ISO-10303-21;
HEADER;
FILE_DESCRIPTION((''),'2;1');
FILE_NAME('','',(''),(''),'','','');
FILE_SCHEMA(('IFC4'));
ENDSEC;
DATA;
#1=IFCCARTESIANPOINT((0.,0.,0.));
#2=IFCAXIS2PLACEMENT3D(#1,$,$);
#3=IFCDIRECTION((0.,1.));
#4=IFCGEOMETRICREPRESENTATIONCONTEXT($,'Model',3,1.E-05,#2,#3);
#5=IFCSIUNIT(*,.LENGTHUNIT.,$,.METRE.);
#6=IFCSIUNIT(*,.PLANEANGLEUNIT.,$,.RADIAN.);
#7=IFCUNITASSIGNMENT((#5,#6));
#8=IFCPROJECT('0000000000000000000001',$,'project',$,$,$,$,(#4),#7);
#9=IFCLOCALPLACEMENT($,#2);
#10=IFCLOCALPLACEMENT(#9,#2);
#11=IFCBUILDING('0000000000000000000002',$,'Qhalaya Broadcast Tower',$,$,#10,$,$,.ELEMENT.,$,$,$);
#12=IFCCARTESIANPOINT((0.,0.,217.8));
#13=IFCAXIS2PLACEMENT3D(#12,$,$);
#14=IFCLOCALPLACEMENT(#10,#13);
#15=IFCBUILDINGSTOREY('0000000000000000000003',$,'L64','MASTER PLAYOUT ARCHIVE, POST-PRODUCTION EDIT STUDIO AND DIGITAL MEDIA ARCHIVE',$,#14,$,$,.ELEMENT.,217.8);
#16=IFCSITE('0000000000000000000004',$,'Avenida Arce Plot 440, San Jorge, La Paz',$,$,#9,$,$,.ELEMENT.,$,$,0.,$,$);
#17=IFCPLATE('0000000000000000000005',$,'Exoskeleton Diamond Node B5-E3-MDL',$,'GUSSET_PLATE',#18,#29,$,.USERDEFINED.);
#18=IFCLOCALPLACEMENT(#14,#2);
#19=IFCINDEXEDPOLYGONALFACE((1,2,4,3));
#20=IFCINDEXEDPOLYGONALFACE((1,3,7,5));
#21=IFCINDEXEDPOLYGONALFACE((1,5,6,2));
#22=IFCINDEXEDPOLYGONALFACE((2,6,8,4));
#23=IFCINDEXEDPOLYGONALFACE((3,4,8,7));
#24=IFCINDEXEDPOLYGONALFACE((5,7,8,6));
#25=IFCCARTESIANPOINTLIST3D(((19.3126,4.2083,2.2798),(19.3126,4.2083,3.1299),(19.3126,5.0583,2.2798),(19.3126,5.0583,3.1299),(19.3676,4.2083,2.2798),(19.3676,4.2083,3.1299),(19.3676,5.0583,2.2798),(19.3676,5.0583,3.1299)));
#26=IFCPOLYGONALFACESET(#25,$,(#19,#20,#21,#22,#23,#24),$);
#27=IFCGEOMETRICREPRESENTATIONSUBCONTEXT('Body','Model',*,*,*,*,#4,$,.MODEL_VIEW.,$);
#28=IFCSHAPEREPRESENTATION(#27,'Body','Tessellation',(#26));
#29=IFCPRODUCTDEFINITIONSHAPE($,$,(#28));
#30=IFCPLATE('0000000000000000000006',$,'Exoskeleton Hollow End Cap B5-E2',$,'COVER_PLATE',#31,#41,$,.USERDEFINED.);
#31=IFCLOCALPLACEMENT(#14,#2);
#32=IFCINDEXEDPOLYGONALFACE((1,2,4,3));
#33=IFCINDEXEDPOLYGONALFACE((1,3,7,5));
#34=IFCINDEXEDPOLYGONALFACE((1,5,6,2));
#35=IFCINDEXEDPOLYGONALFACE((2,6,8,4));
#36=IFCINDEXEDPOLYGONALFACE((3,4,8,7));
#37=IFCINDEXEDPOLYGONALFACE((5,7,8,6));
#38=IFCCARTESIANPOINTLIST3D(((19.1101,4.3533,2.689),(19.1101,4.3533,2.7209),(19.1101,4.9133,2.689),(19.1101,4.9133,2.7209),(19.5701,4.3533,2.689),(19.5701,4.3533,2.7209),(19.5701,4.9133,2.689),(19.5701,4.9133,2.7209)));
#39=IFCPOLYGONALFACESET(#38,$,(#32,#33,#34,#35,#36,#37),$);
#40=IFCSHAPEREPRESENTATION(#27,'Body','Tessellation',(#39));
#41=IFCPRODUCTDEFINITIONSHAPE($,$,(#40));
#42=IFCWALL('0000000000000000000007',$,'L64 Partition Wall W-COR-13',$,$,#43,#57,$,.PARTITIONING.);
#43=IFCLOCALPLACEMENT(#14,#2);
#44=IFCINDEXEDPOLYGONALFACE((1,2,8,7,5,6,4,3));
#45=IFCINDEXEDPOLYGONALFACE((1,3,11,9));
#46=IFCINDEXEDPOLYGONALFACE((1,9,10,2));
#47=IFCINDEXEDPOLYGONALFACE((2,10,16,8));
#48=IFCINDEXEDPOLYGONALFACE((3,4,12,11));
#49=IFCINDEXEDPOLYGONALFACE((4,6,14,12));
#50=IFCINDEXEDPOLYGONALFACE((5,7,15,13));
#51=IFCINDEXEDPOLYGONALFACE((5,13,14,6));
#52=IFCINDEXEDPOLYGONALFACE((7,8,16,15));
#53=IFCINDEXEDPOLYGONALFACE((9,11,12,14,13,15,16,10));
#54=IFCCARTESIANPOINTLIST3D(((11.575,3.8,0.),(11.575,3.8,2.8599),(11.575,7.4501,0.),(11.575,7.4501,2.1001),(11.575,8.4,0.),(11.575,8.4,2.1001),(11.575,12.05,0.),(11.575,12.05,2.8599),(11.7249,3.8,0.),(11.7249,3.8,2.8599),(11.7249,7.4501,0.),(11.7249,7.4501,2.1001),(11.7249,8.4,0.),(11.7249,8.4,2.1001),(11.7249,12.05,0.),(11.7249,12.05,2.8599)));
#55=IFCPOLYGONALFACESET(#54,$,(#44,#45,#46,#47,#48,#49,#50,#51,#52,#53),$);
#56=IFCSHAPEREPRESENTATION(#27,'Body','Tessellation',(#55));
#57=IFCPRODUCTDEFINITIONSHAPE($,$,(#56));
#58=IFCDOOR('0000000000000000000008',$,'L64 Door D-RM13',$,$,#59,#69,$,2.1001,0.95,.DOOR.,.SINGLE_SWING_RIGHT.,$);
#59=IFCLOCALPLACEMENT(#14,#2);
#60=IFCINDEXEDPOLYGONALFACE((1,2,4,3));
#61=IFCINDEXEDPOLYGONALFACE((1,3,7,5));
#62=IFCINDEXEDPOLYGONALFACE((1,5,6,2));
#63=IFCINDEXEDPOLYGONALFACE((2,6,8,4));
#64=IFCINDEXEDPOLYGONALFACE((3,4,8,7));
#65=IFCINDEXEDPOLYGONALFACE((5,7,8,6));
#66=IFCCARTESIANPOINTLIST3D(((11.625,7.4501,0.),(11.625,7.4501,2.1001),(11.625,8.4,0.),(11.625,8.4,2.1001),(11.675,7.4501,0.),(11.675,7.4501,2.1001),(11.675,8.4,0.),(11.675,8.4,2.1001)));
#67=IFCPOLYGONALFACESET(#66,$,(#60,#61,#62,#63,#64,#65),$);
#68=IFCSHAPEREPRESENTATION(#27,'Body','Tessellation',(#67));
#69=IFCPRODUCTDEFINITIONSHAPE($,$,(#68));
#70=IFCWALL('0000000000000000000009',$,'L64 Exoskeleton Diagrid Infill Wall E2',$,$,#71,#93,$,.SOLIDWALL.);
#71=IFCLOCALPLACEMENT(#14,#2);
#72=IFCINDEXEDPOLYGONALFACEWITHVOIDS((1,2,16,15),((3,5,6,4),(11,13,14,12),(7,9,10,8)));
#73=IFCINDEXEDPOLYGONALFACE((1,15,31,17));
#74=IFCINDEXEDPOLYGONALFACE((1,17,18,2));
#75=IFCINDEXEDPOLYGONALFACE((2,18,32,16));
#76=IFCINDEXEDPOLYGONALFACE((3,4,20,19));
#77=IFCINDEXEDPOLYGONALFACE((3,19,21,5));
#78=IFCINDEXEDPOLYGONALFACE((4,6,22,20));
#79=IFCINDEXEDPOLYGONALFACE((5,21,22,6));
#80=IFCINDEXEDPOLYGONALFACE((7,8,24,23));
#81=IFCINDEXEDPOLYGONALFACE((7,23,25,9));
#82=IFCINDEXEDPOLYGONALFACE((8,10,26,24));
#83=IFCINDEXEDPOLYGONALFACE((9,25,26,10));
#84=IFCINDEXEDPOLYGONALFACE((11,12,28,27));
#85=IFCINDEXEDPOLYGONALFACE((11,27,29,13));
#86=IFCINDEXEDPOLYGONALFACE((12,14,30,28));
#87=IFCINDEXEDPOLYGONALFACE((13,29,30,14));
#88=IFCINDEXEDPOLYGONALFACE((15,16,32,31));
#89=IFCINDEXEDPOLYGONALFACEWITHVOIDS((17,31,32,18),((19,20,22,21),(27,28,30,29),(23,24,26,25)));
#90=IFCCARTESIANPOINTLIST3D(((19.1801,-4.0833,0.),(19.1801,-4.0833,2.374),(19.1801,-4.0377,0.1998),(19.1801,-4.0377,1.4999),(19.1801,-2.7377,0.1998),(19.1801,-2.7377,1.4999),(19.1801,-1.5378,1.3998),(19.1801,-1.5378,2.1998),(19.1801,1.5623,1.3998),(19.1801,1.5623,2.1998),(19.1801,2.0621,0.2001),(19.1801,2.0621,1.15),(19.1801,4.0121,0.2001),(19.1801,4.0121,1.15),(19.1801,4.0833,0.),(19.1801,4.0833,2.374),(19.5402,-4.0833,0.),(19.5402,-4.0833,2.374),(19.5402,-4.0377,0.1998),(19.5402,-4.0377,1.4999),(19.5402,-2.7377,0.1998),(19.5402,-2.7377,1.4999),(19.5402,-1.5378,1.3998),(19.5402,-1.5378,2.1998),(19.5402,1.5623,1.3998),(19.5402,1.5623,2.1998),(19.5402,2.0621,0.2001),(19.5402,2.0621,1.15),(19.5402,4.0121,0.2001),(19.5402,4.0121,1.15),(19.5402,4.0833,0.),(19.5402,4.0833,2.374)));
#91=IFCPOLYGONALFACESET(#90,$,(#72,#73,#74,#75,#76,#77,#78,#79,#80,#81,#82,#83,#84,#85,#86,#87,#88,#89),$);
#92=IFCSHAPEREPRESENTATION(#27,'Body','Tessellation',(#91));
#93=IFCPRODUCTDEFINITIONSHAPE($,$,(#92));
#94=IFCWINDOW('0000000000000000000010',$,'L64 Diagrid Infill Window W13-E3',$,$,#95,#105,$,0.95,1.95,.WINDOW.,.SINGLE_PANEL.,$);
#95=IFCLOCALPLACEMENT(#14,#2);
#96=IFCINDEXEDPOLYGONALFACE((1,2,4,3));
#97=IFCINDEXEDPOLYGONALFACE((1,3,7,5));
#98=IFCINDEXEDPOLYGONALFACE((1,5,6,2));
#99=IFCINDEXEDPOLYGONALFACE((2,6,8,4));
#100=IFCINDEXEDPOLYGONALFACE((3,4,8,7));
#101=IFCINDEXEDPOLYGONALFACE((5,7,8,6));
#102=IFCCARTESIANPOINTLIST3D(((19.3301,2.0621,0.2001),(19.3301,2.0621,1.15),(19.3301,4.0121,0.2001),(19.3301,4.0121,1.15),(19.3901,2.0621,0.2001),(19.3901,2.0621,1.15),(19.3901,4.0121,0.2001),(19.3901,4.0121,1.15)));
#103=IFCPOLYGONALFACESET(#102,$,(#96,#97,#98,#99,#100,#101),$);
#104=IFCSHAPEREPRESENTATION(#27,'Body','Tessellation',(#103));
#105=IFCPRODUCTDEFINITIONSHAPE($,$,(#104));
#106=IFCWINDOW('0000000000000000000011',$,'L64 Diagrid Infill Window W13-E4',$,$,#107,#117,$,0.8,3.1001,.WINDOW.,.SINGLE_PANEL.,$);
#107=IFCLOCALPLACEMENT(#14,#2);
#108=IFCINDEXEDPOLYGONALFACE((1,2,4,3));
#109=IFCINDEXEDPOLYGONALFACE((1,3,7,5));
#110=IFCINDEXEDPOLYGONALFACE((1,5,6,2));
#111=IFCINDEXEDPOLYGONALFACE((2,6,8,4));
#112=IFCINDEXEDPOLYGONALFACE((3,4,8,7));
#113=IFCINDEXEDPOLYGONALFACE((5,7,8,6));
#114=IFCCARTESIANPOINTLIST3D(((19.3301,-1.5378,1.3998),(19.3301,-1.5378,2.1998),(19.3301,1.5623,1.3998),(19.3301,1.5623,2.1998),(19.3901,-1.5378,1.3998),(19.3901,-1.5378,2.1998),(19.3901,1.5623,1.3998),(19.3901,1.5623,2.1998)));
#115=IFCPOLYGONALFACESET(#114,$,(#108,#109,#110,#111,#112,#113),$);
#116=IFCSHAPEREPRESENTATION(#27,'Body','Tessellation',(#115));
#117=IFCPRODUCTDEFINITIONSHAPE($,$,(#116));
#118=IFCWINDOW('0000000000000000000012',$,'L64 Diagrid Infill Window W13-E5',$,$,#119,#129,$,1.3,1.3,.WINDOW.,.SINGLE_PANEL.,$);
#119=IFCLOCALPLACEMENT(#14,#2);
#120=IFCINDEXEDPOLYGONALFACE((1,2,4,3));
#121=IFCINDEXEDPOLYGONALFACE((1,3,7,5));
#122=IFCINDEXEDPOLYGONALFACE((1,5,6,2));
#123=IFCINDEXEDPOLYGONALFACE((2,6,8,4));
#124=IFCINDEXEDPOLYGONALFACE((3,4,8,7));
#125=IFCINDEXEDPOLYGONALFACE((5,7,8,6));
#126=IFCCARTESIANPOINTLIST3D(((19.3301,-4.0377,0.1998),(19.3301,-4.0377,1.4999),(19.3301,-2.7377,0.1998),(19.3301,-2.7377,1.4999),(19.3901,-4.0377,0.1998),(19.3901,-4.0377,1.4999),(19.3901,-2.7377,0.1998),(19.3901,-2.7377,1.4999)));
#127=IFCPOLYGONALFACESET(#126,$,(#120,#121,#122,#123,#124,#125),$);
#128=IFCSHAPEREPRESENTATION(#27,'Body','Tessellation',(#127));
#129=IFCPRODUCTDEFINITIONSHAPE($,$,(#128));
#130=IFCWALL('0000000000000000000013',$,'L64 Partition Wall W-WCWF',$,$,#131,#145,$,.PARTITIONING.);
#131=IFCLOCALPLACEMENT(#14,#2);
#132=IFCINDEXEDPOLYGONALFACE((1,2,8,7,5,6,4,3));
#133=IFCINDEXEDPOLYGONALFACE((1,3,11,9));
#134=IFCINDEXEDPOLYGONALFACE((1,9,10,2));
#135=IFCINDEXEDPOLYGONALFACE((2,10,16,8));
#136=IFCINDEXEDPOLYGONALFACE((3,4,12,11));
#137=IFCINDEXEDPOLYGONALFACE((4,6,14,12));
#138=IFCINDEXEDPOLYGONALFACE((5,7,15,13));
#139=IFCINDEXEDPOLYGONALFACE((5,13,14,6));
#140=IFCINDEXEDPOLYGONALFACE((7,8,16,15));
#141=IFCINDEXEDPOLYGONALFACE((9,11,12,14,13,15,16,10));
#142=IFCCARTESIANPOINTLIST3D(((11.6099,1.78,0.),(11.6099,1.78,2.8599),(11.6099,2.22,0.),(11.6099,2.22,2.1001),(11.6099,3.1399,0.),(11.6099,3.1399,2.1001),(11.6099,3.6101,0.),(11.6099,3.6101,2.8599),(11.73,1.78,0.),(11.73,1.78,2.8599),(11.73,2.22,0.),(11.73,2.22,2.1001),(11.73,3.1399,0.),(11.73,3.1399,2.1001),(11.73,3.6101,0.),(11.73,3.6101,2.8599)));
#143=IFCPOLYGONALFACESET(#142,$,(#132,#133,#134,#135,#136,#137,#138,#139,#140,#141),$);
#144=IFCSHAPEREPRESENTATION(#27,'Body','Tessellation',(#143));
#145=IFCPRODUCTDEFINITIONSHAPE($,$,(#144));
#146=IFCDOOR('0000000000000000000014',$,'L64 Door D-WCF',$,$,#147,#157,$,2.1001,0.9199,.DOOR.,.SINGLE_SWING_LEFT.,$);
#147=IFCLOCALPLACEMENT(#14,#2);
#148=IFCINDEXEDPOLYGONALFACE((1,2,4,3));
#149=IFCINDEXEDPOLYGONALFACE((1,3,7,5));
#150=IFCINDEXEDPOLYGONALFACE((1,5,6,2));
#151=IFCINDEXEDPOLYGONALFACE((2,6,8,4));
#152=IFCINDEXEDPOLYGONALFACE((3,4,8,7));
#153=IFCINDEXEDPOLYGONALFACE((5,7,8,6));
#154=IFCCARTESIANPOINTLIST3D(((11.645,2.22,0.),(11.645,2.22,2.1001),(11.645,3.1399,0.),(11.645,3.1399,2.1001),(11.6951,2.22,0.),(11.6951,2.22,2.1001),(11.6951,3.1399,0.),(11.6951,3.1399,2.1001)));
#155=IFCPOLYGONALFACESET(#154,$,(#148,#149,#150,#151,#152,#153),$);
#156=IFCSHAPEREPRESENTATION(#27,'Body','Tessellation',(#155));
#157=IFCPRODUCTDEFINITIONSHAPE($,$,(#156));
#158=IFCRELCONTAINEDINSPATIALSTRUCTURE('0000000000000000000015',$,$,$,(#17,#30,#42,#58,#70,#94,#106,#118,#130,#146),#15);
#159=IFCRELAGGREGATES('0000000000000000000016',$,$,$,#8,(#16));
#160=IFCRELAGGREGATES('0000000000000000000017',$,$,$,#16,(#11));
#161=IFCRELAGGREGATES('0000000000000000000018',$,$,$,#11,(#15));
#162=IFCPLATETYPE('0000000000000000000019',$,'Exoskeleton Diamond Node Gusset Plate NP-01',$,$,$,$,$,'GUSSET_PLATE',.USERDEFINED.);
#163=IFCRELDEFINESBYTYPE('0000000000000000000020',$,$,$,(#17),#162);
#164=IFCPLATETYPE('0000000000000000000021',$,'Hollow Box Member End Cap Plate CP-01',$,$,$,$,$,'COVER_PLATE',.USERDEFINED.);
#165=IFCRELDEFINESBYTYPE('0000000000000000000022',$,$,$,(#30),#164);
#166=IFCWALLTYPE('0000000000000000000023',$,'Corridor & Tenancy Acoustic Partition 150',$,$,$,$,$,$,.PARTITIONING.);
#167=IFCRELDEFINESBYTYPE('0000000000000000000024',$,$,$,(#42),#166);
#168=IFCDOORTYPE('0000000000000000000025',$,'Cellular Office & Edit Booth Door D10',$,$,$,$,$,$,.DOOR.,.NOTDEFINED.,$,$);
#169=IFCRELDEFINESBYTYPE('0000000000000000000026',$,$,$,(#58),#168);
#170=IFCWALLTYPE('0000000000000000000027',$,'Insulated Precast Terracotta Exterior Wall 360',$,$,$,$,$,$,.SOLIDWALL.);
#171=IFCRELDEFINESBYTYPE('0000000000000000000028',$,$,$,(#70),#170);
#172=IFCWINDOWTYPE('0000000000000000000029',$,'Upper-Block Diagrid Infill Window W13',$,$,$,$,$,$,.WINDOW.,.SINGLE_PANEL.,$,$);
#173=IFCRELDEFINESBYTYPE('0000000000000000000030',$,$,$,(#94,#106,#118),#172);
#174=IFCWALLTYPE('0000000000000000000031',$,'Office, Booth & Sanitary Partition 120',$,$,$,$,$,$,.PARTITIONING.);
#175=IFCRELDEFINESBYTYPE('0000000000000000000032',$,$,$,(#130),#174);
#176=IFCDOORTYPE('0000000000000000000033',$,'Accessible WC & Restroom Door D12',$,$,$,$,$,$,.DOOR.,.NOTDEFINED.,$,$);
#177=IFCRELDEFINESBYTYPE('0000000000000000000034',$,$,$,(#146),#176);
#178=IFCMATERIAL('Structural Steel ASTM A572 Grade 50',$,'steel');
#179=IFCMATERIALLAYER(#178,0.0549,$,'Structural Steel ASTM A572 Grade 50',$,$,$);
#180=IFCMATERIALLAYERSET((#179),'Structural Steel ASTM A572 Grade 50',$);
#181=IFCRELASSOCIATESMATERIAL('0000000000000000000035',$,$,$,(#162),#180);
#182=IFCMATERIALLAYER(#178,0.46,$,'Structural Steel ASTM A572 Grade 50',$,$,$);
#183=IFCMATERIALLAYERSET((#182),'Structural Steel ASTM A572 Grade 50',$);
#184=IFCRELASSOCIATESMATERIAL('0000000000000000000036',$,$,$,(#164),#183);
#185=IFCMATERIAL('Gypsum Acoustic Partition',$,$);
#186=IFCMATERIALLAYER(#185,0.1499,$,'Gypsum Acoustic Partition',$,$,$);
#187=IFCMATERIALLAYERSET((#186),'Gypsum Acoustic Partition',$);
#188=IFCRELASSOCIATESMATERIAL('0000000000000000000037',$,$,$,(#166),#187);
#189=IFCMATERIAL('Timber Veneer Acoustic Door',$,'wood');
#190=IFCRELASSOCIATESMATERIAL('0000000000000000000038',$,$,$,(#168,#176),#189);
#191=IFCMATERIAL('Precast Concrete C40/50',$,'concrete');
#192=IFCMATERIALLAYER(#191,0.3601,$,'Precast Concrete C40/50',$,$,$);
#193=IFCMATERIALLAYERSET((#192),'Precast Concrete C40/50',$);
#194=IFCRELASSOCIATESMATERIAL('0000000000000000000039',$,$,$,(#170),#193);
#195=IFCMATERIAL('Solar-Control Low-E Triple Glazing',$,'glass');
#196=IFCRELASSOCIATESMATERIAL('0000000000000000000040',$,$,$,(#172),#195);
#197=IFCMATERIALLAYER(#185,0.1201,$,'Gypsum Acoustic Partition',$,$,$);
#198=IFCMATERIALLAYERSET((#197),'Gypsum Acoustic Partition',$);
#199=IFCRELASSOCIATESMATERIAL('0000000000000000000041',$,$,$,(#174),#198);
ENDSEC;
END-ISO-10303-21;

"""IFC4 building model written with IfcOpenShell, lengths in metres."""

from ifc_helpers import new_model, si_unit, direction, frame, frame_2d, origin, origin_2d, place, context, subcontext, project, spatial, rectangle, extrude, material, layer, layer_set, type_object, element, fill, save


model = new_model("IFC4")

# Units and contexts
model_context = context("Model", 3, precision=1e-05, world=origin(), true_north=direction((0.0, 1.0)))
body_context = subcontext(model_context, "Body", "Model", "MODEL_VIEW")
ifc_project = project(units=[si_unit("LENGTHUNIT", "METRE"), si_unit("PLANEANGLEUNIT", "RADIAN")], contexts=[model_context])

# Site, building, storey
site_placement = place(None, origin())
site = spatial("IfcSite", under=ifc_project, at=site_placement, Name="Avenida Arce Plot 440, San Jorge, La Paz", CompositionType="ELEMENT", RefElevation=0.0)
building_placement = place(site_placement, origin())
building = spatial("IfcBuilding", under=site, at=building_placement, Name="Qhalaya Broadcast Tower", CompositionType="ELEMENT")
storey_placement = place(building_placement, frame((0.0, 0.0, 217.8)))
storey = spatial("IfcBuildingStorey", under=building, at=storey_placement, Name="L64", Description="MASTER PLAYOUT ARCHIVE, POST-PRODUCTION EDIT STUDIO AND DIGITAL MEDIA ARCHIVE", CompositionType="ELEMENT", Elevation=217.8)

# Shared definitions
ifc_material_1 = material(Name="Structural Steel ASTM A572 Grade 50", Category="steel")

# Plates
ifc_layer_1 = layer(ifc_material_1, 0.0549, Name="Structural Steel ASTM A572 Grade 50")
ifc_layer_set_1 = layer_set([ifc_layer_1], Name="Structural Steel ASTM A572 Grade 50")
plate_type_1 = type_object("IfcPlateType", Name="Exoskeleton Diamond Node Gusset Plate NP-01", ElementType="GUSSET_PLATE", PredefinedType="USERDEFINED", material=ifc_layer_set_1)
plate_1_placement = place(storey_placement, frame((19.3401, 4.6333, 2.2798), z_axis=(0.0, 0.0, 1.0), x_axis=(0.0, 1.0, 0.0)))
element("IfcPlate", 1, at=plate_1_placement, inside=storey, type_object=plate_type_1, Name="Exoskeleton Diamond Node B5-E3-MDL", ObjectType="GUSSET_PLATE", PredefinedType="USERDEFINED", context=body_context, shape_type="SweptSolid", body=[
    extrude(rectangle(XDim=0.8501, YDim=0.0549, at=origin_2d()), origin(), (0.0, 0.0, 1.0), 0.8501),
])
ifc_layer_2 = layer(ifc_material_1, 0.46, Name="Structural Steel ASTM A572 Grade 50")
ifc_layer_set_2 = layer_set([ifc_layer_2], Name="Structural Steel ASTM A572 Grade 50")
plate_type_2 = type_object("IfcPlateType", Name="Hollow Box Member End Cap Plate CP-01", ElementType="COVER_PLATE", PredefinedType="USERDEFINED", material=ifc_layer_set_2)
plate_2_placement = place(storey_placement, frame((19.3401, 4.6333, 2.689), z_axis=(0.0, 0.0, 1.0), x_axis=(0.0, 1.0, 0.0)))
element("IfcPlate", 2, at=plate_2_placement, inside=storey, type_object=plate_type_2, Name="Exoskeleton Hollow End Cap B5-E2", ObjectType="COVER_PLATE", PredefinedType="USERDEFINED", context=body_context, shape_type="SweptSolid", body=[
    extrude(rectangle(XDim=0.5601, YDim=0.46, at=origin_2d()), origin(), (0.0, 0.0, 1.0), 0.032),
])

# Wall, opening, door
ifc_material_2 = material(Name="Gypsum Acoustic Partition")
ifc_layer_3 = layer(ifc_material_2, 0.1499, Name="Gypsum Acoustic Partition")
ifc_layer_set_3 = layer_set([ifc_layer_3], Name="Gypsum Acoustic Partition")
wall_type_1 = type_object("IfcWallType", Name="Corridor & Tenancy Acoustic Partition 150", PredefinedType="PARTITIONING", material=ifc_layer_set_3)
wall_1_placement = place(storey_placement, frame((11.6499, 3.8, 0.0), z_axis=(0.0, 0.0, 1.0), x_axis=(0.0, 1.0, 0.0)))
wall_1 = element("IfcWall", 3, at=wall_1_placement, inside=storey, type_object=wall_type_1, Name="L64 Partition Wall W-COR-13", PredefinedType="PARTITIONING", context=body_context, shape_type="SweptSolid", body=[
    extrude(rectangle(XDim=8.25, YDim=0.1499, at=frame_2d((4.125, 0.0))), origin(), (0.0, 0.0, 1.0), 2.8599),
])
opening_1_placement = place(wall_1_placement, frame((3.6499, 0.0, 0.0)))
opening_1 = element("IfcOpeningElement", 4, at=opening_1_placement, cuts=wall_1, PredefinedType="OPENING", context=body_context, shape_type="SweptSolid", body=[
    extrude(rectangle(XDim=0.95, YDim=2.1001, at=frame_2d((0.4751, 1.05))), frame((0.0, 0.0869, 0.0), z_axis=(0.0, -1.0, 0.0), x_axis=(1.0, 0.0, 0.0)), (0.0, 0.0, 1.0), 0.1738),
])
ifc_material_3 = material(Name="Timber Veneer Acoustic Door", Category="wood")
door_type_1 = type_object("IfcDoorType", Name="Cellular Office & Edit Booth Door D10", OperationType="NOTDEFINED", PredefinedType="DOOR", material=ifc_material_3)
door_1_placement = place(opening_1_placement, origin())
door_1 = element("IfcDoor", 5, at=door_1_placement, inside=storey, type_object=door_type_1, Name="L64 Door D-RM13", OperationType="SINGLE_SWING_RIGHT", OverallHeight=2.1001, OverallWidth=0.95, PredefinedType="DOOR", context=body_context, shape_type="SweptSolid", body=[
    extrude(rectangle(XDim=0.95, YDim=2.1001, at=frame_2d((0.4751, 1.05))), frame((0.0, 0.0249, 0.0), z_axis=(0.0, -1.0, 0.0), x_axis=(1.0, 0.0, 0.0)), (0.0, 0.0, 1.0), 0.05),
])
fill(opening_1, door_1)

# Wall, openings, windows
ifc_material_4 = material(Name="Precast Concrete C40/50", Category="concrete")
ifc_layer_4 = layer(ifc_material_4, 0.3601, Name="Precast Concrete C40/50")
ifc_layer_set_4 = layer_set([ifc_layer_4], Name="Precast Concrete C40/50")
wall_type_2 = type_object("IfcWallType", Name="Insulated Precast Terracotta Exterior Wall 360", PredefinedType="SOLIDWALL", material=ifc_layer_set_4)
wall_2_placement = place(storey_placement, frame((19.3601, 4.0833, 0.0), z_axis=(0.0, 0.0, 1.0), x_axis=(0.0, -1.0, 0.0)))
wall_2 = element("IfcWall", 6, at=wall_2_placement, inside=storey, type_object=wall_type_2, Name="L64 Exoskeleton Diagrid Infill Wall E2", PredefinedType="SOLIDWALL", context=body_context, shape_type="SweptSolid", body=[
    extrude(rectangle(XDim=8.1665, YDim=0.3601, at=frame_2d((4.0833, 0.0))), origin(), (0.0, 0.0, 1.0), 2.374),
])
opening_2_placement = place(wall_2_placement, frame((0.071, 0.0, 0.2)))
opening_2 = element("IfcOpeningElement", 7, at=opening_2_placement, cuts=wall_2, PredefinedType="OPENING", context=body_context, shape_type="SweptSolid", body=[
    extrude(rectangle(XDim=1.95, YDim=0.95, at=frame_2d((0.9751, 0.4751))), frame((0.0, 0.1921, 0.0), z_axis=(0.0, -1.0, 0.0), x_axis=(1.0, 0.0, 0.0)), (0.0, 0.0, 1.0), 0.384),
])
opening_3_placement = place(wall_2_placement, frame((2.521, 0.0, 1.3999)))
opening_3 = element("IfcOpeningElement", 8, at=opening_3_placement, cuts=wall_2, PredefinedType="OPENING", context=body_context, shape_type="SweptSolid", body=[
    extrude(rectangle(XDim=3.1001, YDim=0.8, at=frame_2d((1.55, 0.3999))), frame((0.0, 0.1921, 0.0), z_axis=(0.0, -1.0, 0.0), x_axis=(1.0, 0.0, 0.0)), (0.0, 0.0, 1.0), 0.384),
])
opening_4_placement = place(wall_2_placement, frame((6.821, 0.0, 0.2)))
opening_4 = element("IfcOpeningElement", 9, at=opening_4_placement, cuts=wall_2, PredefinedType="OPENING", context=body_context, shape_type="SweptSolid", body=[
    extrude(rectangle(XDim=1.3, YDim=1.3, at=frame_2d((0.6499, 0.6499))), frame((0.0, 0.1921, 0.0), z_axis=(0.0, -1.0, 0.0), x_axis=(1.0, 0.0, 0.0)), (0.0, 0.0, 1.0), 0.384),
])
ifc_material_5 = material(Name="Solar-Control Low-E Triple Glazing", Category="glass")
window_type = type_object("IfcWindowType", Name="Upper-Block Diagrid Infill Window W13", PartitioningType="SINGLE_PANEL", PredefinedType="WINDOW", material=ifc_material_5)
window_1_placement = place(opening_2_placement, origin())
window_1 = element("IfcWindow", 10, at=window_1_placement, inside=storey, type_object=window_type, Name="L64 Diagrid Infill Window W13-E3", OverallHeight=0.95, OverallWidth=1.95, PartitioningType="SINGLE_PANEL", PredefinedType="WINDOW", context=body_context, shape_type="SweptSolid", body=[
    extrude(rectangle(XDim=1.95, YDim=0.95, at=frame_2d((0.9751, 0.4751))), frame((0.0, 0.03, 0.0), z_axis=(0.0, -1.0, 0.0), x_axis=(1.0, 0.0, 0.0)), (0.0, 0.0, 1.0), 0.0601),
])
fill(opening_2, window_1)
window_2_placement = place(opening_3_placement, origin())
window_2 = element("IfcWindow", 11, at=window_2_placement, inside=storey, type_object=window_type, Name="L64 Diagrid Infill Window W13-E4", OverallHeight=0.8, OverallWidth=3.1001, PartitioningType="SINGLE_PANEL", PredefinedType="WINDOW", context=body_context, shape_type="SweptSolid", body=[
    extrude(rectangle(XDim=3.1001, YDim=0.8, at=frame_2d((1.55, 0.3999))), frame((0.0, 0.03, 0.0), z_axis=(0.0, -1.0, 0.0), x_axis=(1.0, 0.0, 0.0)), (0.0, 0.0, 1.0), 0.0601),
])
fill(opening_3, window_2)
window_3_placement = place(opening_4_placement, origin())
window_3 = element("IfcWindow", 12, at=window_3_placement, inside=storey, type_object=window_type, Name="L64 Diagrid Infill Window W13-E5", OverallHeight=1.3, OverallWidth=1.3, PartitioningType="SINGLE_PANEL", PredefinedType="WINDOW", context=body_context, shape_type="SweptSolid", body=[
    extrude(rectangle(XDim=1.3, YDim=1.3, at=frame_2d((0.6499, 0.6499))), frame((0.0, 0.03, 0.0), z_axis=(0.0, -1.0, 0.0), x_axis=(1.0, 0.0, 0.0)), (0.0, 0.0, 1.0), 0.0601),
])
fill(opening_4, window_3)

# Wall, opening, door
ifc_layer_5 = layer(ifc_material_2, 0.1201, Name="Gypsum Acoustic Partition")
ifc_layer_set_5 = layer_set([ifc_layer_5], Name="Gypsum Acoustic Partition")
wall_type_3 = type_object("IfcWallType", Name="Office, Booth & Sanitary Partition 120", PredefinedType="PARTITIONING", material=ifc_layer_set_5)
wall_3_placement = place(storey_placement, frame((11.6699, 1.78, 0.0), z_axis=(0.0, 0.0, 1.0), x_axis=(0.0, 1.0, 0.0)))
wall_3 = element("IfcWall", 13, at=wall_3_placement, inside=storey, type_object=wall_type_3, Name="L64 Partition Wall W-WCWF", PredefinedType="PARTITIONING", context=body_context, shape_type="SweptSolid", body=[
    extrude(rectangle(XDim=1.8301, YDim=0.1201, at=frame_2d((0.915, 0.0))), origin(), (0.0, 0.0, 1.0), 2.8599),
])
opening_5_placement = place(wall_3_placement, frame((0.4399, 0.0, 0.0)))
opening_5 = element("IfcOpeningElement", 14, at=opening_5_placement, cuts=wall_3, PredefinedType="OPENING", context=body_context, shape_type="SweptSolid", body=[
    extrude(rectangle(XDim=0.9199, YDim=2.1001, at=frame_2d((0.46, 1.05))), frame((0.0, 0.072, 0.0), z_axis=(0.0, -1.0, 0.0), x_axis=(1.0, 0.0, 0.0)), (0.0, 0.0, 1.0), 0.144),
])
door_type_2 = type_object("IfcDoorType", Name="Accessible WC & Restroom Door D12", OperationType="NOTDEFINED", PredefinedType="DOOR", material=ifc_material_3)
door_2_placement = place(opening_5_placement, origin())
door_2 = element("IfcDoor", 15, at=door_2_placement, inside=storey, type_object=door_type_2, Name="L64 Door D-WCF", OperationType="SINGLE_SWING_LEFT", OverallHeight=2.1001, OverallWidth=0.9199, PredefinedType="DOOR", context=body_context, shape_type="SweptSolid", body=[
    extrude(rectangle(XDim=0.9199, YDim=2.1001, at=frame_2d((0.46, 1.05))), frame((0.0, 0.0249, 0.0), z_axis=(0.0, -1.0, 0.0), x_axis=(1.0, 0.0, 0.0)), (0.0, 0.0, 1.0), 0.05),
])
fill(opening_5, door_2)

save(model, "model.ifc")
